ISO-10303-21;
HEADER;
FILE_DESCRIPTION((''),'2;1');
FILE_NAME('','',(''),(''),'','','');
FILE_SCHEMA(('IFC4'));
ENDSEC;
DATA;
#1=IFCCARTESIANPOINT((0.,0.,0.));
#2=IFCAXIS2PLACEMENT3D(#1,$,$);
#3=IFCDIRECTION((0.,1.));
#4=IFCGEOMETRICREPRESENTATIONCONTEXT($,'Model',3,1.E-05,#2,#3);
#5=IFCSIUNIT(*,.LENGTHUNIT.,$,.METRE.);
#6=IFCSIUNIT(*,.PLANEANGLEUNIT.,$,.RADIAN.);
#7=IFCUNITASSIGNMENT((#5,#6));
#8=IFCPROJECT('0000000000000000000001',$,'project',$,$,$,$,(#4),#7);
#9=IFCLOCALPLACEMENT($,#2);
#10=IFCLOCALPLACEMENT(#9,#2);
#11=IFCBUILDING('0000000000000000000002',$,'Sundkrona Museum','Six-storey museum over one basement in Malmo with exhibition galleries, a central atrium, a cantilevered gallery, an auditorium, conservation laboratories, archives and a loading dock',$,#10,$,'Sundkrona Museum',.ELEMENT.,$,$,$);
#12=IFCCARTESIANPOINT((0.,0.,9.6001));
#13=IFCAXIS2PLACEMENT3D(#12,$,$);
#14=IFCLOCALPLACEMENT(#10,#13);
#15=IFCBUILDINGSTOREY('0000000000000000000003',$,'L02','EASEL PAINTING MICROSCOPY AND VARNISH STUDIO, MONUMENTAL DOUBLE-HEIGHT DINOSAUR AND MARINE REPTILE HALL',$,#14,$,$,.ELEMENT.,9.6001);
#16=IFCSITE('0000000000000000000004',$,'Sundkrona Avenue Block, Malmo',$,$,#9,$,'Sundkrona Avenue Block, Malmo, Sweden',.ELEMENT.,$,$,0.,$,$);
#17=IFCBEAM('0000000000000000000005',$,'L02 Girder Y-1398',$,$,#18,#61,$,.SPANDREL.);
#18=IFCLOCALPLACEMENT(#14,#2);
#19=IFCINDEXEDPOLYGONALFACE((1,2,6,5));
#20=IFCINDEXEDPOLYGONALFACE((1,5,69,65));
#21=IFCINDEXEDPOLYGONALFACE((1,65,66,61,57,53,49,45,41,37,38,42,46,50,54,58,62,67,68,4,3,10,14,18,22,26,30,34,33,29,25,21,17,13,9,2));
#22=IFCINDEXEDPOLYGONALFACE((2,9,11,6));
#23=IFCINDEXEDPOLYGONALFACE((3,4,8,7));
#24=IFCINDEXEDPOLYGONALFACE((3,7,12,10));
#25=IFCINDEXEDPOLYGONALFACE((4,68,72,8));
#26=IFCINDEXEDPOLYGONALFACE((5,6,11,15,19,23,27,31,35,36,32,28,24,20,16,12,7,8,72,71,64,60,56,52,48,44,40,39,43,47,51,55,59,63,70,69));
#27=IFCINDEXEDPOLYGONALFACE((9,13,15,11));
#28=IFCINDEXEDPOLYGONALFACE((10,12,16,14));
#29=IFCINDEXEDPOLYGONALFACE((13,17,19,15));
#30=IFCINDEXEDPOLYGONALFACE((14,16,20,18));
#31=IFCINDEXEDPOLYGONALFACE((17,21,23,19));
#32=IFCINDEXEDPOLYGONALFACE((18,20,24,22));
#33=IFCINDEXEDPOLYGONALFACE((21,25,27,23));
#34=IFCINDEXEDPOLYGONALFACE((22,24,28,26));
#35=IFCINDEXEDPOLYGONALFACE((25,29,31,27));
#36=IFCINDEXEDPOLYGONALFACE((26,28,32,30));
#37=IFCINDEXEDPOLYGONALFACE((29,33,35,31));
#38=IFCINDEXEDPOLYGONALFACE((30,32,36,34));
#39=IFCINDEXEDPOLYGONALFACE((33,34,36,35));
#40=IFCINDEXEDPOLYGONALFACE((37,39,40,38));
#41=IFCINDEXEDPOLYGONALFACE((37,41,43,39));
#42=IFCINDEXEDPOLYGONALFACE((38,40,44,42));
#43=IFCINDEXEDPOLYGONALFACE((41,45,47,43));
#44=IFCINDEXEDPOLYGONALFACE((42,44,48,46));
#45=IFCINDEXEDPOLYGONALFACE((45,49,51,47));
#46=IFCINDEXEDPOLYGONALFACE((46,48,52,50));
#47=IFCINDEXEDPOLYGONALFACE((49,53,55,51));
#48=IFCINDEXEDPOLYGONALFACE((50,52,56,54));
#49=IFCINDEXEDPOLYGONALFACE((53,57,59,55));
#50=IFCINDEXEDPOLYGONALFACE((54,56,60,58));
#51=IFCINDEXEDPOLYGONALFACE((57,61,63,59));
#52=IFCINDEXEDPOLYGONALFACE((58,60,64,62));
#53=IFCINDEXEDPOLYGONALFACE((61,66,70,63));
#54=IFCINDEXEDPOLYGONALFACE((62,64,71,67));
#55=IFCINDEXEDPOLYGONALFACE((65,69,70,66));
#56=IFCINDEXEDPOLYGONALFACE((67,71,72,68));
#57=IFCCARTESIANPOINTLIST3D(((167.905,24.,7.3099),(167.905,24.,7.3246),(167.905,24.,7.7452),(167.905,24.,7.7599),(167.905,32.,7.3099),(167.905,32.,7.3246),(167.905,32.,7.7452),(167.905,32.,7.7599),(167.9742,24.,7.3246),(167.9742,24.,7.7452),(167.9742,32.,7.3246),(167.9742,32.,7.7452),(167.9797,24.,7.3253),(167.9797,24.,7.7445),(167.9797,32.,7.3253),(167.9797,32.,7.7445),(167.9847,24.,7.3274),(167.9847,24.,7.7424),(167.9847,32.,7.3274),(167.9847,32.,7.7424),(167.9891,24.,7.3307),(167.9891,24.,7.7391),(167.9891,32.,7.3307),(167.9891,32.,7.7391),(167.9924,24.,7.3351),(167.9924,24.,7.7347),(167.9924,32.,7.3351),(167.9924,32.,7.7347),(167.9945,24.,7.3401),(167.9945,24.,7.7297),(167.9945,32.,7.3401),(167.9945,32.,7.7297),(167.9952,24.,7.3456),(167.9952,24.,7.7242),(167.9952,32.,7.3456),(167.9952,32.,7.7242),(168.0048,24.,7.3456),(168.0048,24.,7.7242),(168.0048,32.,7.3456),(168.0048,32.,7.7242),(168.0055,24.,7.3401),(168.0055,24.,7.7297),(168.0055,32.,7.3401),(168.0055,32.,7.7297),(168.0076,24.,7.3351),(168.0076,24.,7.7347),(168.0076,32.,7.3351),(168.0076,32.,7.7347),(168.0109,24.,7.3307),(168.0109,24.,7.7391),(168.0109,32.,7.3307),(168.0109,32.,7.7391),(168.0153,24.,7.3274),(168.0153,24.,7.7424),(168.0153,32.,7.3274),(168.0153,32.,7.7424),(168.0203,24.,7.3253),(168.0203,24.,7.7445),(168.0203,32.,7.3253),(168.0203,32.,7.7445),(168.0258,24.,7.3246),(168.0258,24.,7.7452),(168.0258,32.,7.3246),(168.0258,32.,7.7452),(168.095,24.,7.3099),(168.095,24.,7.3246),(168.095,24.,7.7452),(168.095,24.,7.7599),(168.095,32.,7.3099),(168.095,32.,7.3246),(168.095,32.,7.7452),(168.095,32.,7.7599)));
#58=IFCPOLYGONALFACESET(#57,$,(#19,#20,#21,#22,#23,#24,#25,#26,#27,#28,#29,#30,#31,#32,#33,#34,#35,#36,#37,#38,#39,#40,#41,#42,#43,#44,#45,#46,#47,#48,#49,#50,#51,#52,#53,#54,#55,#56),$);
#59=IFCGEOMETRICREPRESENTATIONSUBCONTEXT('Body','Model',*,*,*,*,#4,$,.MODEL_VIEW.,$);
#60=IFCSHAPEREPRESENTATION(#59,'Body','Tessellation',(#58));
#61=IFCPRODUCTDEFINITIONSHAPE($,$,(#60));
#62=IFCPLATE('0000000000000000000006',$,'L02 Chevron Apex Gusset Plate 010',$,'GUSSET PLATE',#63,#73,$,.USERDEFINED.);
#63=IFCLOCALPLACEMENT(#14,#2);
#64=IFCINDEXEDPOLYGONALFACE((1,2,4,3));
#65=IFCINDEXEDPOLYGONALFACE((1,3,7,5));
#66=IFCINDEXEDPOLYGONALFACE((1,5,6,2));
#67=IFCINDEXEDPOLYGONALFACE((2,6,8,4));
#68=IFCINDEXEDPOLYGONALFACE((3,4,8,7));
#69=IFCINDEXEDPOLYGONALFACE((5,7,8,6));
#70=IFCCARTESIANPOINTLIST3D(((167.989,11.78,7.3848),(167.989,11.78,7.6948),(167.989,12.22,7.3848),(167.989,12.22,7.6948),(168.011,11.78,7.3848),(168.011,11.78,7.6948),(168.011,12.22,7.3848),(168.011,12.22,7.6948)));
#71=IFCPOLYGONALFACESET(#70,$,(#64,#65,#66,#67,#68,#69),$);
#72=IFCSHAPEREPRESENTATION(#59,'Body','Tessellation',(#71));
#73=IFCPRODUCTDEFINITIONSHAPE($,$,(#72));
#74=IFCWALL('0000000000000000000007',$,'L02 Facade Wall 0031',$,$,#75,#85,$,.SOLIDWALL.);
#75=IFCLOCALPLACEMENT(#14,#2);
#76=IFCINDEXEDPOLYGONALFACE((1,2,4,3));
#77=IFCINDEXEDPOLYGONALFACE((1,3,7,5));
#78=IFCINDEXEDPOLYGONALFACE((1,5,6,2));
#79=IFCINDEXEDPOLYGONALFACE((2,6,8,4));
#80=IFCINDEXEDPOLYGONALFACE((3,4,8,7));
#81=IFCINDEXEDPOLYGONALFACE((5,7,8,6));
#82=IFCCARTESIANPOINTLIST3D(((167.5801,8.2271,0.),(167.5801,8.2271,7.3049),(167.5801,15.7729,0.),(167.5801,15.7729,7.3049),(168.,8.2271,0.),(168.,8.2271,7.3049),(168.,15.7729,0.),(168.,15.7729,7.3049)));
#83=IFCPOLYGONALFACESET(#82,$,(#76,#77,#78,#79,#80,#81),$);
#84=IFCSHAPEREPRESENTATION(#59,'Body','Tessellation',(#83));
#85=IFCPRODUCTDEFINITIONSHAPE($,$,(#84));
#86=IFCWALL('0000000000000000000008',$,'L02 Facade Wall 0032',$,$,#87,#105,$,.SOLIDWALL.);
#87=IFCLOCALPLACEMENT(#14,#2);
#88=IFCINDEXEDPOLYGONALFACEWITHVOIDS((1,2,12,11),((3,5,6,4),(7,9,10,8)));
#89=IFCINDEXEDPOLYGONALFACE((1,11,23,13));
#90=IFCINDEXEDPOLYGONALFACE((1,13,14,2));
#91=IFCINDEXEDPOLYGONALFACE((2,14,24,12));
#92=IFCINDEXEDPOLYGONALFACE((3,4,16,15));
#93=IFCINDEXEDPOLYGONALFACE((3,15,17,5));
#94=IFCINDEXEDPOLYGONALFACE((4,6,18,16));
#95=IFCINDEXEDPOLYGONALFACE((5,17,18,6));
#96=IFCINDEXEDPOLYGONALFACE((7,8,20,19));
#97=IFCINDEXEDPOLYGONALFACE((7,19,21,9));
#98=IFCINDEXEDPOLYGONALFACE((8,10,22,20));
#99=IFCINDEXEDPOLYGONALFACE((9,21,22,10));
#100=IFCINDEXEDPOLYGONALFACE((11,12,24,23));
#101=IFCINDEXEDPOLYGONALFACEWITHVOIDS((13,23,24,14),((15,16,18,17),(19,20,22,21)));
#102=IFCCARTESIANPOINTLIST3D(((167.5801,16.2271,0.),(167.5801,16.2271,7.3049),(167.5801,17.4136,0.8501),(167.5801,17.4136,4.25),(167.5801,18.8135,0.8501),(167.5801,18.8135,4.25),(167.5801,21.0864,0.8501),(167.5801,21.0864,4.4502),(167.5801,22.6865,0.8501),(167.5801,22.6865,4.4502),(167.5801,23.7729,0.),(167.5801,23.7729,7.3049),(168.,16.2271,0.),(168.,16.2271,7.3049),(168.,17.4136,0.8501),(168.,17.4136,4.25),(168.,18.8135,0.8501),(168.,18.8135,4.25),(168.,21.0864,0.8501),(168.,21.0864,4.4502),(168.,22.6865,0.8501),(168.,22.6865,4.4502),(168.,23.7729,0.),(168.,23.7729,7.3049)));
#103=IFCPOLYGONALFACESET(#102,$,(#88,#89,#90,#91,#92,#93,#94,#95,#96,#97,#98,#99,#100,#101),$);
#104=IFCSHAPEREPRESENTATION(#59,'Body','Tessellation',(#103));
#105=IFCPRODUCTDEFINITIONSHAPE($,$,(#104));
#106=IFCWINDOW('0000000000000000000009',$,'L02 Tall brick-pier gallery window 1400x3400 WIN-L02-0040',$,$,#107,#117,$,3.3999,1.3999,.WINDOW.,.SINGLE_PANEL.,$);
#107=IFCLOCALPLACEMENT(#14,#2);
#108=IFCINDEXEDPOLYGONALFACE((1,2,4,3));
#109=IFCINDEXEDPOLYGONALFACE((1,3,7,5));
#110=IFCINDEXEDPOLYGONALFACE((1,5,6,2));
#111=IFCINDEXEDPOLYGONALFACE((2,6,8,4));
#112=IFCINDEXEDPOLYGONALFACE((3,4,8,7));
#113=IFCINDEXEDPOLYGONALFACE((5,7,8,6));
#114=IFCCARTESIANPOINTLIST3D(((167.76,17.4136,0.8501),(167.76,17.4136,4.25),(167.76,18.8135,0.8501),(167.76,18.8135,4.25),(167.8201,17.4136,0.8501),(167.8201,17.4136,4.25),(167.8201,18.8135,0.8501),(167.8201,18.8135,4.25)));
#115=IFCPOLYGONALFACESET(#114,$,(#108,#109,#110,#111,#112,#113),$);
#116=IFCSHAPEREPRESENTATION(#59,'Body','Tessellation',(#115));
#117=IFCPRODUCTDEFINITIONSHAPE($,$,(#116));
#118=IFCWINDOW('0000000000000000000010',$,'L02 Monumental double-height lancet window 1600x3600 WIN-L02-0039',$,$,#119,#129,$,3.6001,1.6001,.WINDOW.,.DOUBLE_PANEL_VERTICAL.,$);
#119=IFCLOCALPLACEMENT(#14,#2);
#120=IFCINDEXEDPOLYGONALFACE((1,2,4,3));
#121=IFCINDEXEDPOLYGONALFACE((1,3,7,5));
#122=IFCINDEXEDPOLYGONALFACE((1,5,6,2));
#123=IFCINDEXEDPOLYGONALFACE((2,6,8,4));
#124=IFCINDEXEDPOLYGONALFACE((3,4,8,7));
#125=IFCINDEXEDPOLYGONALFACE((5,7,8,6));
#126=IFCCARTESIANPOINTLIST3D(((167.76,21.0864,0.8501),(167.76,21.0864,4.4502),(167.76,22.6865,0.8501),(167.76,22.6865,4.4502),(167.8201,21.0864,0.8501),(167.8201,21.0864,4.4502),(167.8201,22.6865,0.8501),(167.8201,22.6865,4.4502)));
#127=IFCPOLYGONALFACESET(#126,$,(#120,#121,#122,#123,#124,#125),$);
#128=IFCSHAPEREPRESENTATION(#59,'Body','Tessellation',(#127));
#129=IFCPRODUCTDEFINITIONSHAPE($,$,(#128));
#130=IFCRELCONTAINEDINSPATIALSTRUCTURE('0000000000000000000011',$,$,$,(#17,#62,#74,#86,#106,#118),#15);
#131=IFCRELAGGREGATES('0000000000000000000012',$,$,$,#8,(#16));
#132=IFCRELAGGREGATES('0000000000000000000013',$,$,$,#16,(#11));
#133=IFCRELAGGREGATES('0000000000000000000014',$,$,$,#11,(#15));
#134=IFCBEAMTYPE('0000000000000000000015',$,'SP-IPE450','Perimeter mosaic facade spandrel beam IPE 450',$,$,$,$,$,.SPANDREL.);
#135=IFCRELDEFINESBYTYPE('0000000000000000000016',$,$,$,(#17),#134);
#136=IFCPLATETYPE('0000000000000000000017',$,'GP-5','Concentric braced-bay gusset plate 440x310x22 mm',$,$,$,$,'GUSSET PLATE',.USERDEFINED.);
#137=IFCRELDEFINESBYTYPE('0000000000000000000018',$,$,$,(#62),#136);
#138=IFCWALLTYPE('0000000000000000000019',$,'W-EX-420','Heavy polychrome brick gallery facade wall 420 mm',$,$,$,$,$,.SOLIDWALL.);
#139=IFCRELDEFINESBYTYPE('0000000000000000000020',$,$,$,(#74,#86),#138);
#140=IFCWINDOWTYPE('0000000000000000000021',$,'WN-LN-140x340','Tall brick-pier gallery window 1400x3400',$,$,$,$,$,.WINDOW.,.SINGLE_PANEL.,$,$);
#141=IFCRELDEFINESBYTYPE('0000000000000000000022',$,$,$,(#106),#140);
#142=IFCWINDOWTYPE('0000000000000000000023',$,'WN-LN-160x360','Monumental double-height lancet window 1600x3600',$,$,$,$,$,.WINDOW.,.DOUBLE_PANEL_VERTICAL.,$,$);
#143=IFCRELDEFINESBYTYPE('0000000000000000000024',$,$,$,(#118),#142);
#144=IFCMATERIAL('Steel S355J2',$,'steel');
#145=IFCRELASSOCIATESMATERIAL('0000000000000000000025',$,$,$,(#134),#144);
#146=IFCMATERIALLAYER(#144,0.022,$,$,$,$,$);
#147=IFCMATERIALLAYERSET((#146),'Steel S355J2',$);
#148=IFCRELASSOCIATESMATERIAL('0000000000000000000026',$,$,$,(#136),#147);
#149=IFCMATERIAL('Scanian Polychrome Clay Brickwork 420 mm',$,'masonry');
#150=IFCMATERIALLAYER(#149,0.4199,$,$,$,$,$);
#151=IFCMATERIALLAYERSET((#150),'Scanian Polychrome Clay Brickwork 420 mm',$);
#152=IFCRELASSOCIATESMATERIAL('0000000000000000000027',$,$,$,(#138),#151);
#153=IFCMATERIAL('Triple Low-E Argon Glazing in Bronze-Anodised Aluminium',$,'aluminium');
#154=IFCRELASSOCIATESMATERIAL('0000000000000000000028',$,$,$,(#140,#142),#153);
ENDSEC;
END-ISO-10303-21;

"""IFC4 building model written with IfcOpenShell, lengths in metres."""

from ifc_helpers import new_model, si_unit, direction, frame, frame_2d, origin, origin_2d, place, context, subcontext, project, spatial, rectangle, i_section, extrude, material, layer, layer_set, material_profile, profile_set, type_object, element, fill, save


model = new_model("IFC4")

# Units and contexts
model_context = context("Model", 3, precision=1e-05, world=origin(), true_north=direction((0.0, 1.0)))
body_context = subcontext(model_context, "Body", "Model", "MODEL_VIEW")
ifc_project = project(units=[si_unit("LENGTHUNIT", "METRE"), si_unit("PLANEANGLEUNIT", "RADIAN")], contexts=[model_context])

# Site, building, storey
site_placement = place(None, origin())
site = spatial("IfcSite", under=ifc_project, at=site_placement, Name="Sundkrona Avenue Block, Malmo", LongName="Sundkrona Avenue Block, Malmo, Sweden", CompositionType="ELEMENT", RefElevation=0.0)
building_placement = place(site_placement, origin())
building = spatial("IfcBuilding", under=site, at=building_placement, Name="Sundkrona Museum", Description="Six-storey museum over one basement in Malmo with exhibition galleries, a central atrium, a cantilevered gallery, an auditorium, conservation laboratories, archives and a loading dock", LongName="Sundkrona Museum", CompositionType="ELEMENT")
storey_placement = place(building_placement, frame((0.0, 0.0, 9.6001)))
storey = spatial("IfcBuildingStorey", under=building, at=storey_placement, Name="L02", Description="EASEL PAINTING MICROSCOPY AND VARNISH STUDIO, MONUMENTAL DOUBLE-HEIGHT DINOSAUR AND MARINE REPTILE HALL", CompositionType="ELEMENT", Elevation=9.6001)

# Shared definitions
ifc_material_1 = material(Name="Steel S355J2", Category="steel")

# Beam
ifc_material_profile_1 = material_profile(ifc_material_1, i_section(OverallWidth=0.1899, OverallDepth=0.45, WebThickness=0.0095, FlangeThickness=0.0146, FilletRadius=0.021, at=origin_2d()), Name="IPE 450")
ifc_profile_set_1 = profile_set([ifc_material_profile_1], Name="Steel S355J2")
beam_type_1 = type_object("IfcBeamType", Name="SP-IPE450", Description="Perimeter mosaic facade spandrel beam IPE 450", PredefinedType="SPANDREL", material=ifc_profile_set_1)
for number, where, z_axis, x_axis, name in (
    (1, (168.0, 24.0, 7.5349), (0.0, 1.0, 0.0), (-1.0, 0.0, 0.0), "L02 Girder Y-1398"),
):
    element("IfcBeam", number, at=place(storey_placement, frame(where, z_axis=z_axis, x_axis=x_axis)), inside=storey, type_object=beam_type_1, Name=name, PredefinedType="SPANDREL", context=body_context, shape_type="SweptSolid", body=[
        extrude(i_section(OverallWidth=0.1899, OverallDepth=0.45, WebThickness=0.0095, FlangeThickness=0.0146, FilletRadius=0.021, at=origin_2d()), origin(), (0.0, 0.0, 1.0), 8.0),
    ])

# Plate
ifc_layer_1 = layer(ifc_material_1, 0.022)
ifc_layer_set_1 = layer_set([ifc_layer_1], Name="Steel S355J2")
plate_type = type_object("IfcPlateType", Name="GP-5", Description="Concentric braced-bay gusset plate 440x310x22 mm", ElementType="GUSSET PLATE", PredefinedType="USERDEFINED", material=ifc_layer_set_1)
plate_placement = place(storey_placement, frame((168.0, 12.0, 7.3848), z_axis=(0.0, 0.0, 1.0), x_axis=(0.0, 1.0, 0.0)))
element("IfcPlate", 2, at=plate_placement, inside=storey, type_object=plate_type, Name="L02 Chevron Apex Gusset Plate 010", ObjectType="GUSSET PLATE", PredefinedType="USERDEFINED", context=body_context, shape_type="SweptSolid", body=[
    extrude(rectangle(XDim=0.4399, YDim=0.022, at=origin_2d()), origin(), (0.0, 0.0, 1.0), 0.3101),
])

# Wall
ifc_material_2 = material(Name="Scanian Polychrome Clay Brickwork 420 mm", Category="masonry")
ifc_layer_2 = layer(ifc_material_2, 0.4199)
ifc_layer_set_2 = layer_set([ifc_layer_2], Name="Scanian Polychrome Clay Brickwork 420 mm")
wall_type = type_object("IfcWallType", Name="W-EX-420", Description="Heavy polychrome brick gallery facade wall 420 mm", PredefinedType="SOLIDWALL", material=ifc_layer_set_2)
wall_1_placement = place(storey_placement, frame((167.79, 15.7729, 0.0), z_axis=(0.0, 0.0, 1.0), x_axis=(0.0, -1.0, 0.0)))
element("IfcWall", 3, at=wall_1_placement, inside=storey, type_object=wall_type, Name="L02 Facade Wall 0031", PredefinedType="SOLIDWALL", context=body_context, shape_type="SweptSolid", body=[
    extrude(rectangle(XDim=7.5459, YDim=0.4199, at=frame_2d((3.7729, 0.0))), origin(), (0.0, 0.0, 1.0), 7.3049),
])

# Wall, openings, windows
wall_2_placement = place(storey_placement, frame((167.79, 23.7729, 0.0), z_axis=(0.0, 0.0, 1.0), x_axis=(0.0, -1.0, 0.0)))
wall_2 = element("IfcWall", 4, at=wall_2_placement, inside=storey, type_object=wall_type, Name="L02 Facade Wall 0032", PredefinedType="SOLIDWALL", context=body_context, shape_type="SweptSolid", body=[
    extrude(rectangle(XDim=7.5459, YDim=0.4199, at=frame_2d((3.7729, 0.0))), origin(), (0.0, 0.0, 1.0), 7.3049),
])
opening_1_placement = place(wall_2_placement, frame((1.0864, 0.0, 0.8501)))
opening_1 = element("IfcOpeningElement", 5, at=opening_1_placement, cuts=wall_2, PredefinedType="OPENING", context=body_context, shape_type="SweptSolid", body=[
    extrude(rectangle(XDim=1.6001, YDim=3.6001, at=frame_2d((0.8, 1.8))), frame((0.0, 0.22, 0.0), z_axis=(0.0, -1.0, 0.0), x_axis=(1.0, 0.0, 0.0)), (0.0, 0.0, 1.0), 0.4399),
])
opening_2_placement = place(wall_2_placement, frame((4.9595, 0.0, 0.8501)))
opening_2 = element("IfcOpeningElement", 6, at=opening_2_placement, cuts=wall_2, PredefinedType="OPENING", context=body_context, shape_type="SweptSolid", body=[
    extrude(rectangle(XDim=1.3999, YDim=3.3999, at=frame_2d((0.7, 1.7))), frame((0.0, 0.22, 0.0), z_axis=(0.0, -1.0, 0.0), x_axis=(1.0, 0.0, 0.0)), (0.0, 0.0, 1.0), 0.4399),
])
ifc_material_3 = material(Name="Triple Low-E Argon Glazing in Bronze-Anodised Aluminium", Category="aluminium")
window_type_1 = type_object("IfcWindowType", Name="WN-LN-140x340", Description="Tall brick-pier gallery window 1400x3400", PartitioningType="SINGLE_PANEL", PredefinedType="WINDOW", material=ifc_material_3)
window_1_placement = place(opening_2_placement, origin())
window_1 = element("IfcWindow", 7, at=window_1_placement, inside=storey, type_object=window_type_1, Name="L02 Tall brick-pier gallery window 1400x3400 WIN-L02-0040", OverallHeight=3.3999, OverallWidth=1.3999, PartitioningType="SINGLE_PANEL", PredefinedType="WINDOW", context=body_context, shape_type="SweptSolid", body=[
    extrude(rectangle(XDim=1.3999, YDim=3.3999, at=frame_2d((0.7, 1.7))), frame((0.0, 0.03, 0.0), z_axis=(0.0, -1.0, 0.0), x_axis=(1.0, 0.0, 0.0)), (0.0, 0.0, 1.0), 0.0601),
])
fill(opening_2, window_1)
window_type_2 = type_object("IfcWindowType", Name="WN-LN-160x360", Description="Monumental double-height lancet window 1600x3600", PartitioningType="DOUBLE_PANEL_VERTICAL", PredefinedType="WINDOW", material=ifc_material_3)
window_2_placement = place(opening_1_placement, origin())
window_2 = element("IfcWindow", 8, at=window_2_placement, inside=storey, type_object=window_type_2, Name="L02 Monumental double-height lancet window 1600x3600 WIN-L02-0039", OverallHeight=3.6001, OverallWidth=1.6001, PartitioningType="DOUBLE_PANEL_VERTICAL", PredefinedType="WINDOW", context=body_context, shape_type="SweptSolid", body=[
    extrude(rectangle(XDim=1.6001, YDim=3.6001, at=frame_2d((0.8, 1.8))), frame((0.0, 0.03, 0.0), z_axis=(0.0, -1.0, 0.0), x_axis=(1.0, 0.0, 0.0)), (0.0, 0.0, 1.0), 0.0601),
])
fill(opening_1, window_2)

save(model, "model.ifc")
